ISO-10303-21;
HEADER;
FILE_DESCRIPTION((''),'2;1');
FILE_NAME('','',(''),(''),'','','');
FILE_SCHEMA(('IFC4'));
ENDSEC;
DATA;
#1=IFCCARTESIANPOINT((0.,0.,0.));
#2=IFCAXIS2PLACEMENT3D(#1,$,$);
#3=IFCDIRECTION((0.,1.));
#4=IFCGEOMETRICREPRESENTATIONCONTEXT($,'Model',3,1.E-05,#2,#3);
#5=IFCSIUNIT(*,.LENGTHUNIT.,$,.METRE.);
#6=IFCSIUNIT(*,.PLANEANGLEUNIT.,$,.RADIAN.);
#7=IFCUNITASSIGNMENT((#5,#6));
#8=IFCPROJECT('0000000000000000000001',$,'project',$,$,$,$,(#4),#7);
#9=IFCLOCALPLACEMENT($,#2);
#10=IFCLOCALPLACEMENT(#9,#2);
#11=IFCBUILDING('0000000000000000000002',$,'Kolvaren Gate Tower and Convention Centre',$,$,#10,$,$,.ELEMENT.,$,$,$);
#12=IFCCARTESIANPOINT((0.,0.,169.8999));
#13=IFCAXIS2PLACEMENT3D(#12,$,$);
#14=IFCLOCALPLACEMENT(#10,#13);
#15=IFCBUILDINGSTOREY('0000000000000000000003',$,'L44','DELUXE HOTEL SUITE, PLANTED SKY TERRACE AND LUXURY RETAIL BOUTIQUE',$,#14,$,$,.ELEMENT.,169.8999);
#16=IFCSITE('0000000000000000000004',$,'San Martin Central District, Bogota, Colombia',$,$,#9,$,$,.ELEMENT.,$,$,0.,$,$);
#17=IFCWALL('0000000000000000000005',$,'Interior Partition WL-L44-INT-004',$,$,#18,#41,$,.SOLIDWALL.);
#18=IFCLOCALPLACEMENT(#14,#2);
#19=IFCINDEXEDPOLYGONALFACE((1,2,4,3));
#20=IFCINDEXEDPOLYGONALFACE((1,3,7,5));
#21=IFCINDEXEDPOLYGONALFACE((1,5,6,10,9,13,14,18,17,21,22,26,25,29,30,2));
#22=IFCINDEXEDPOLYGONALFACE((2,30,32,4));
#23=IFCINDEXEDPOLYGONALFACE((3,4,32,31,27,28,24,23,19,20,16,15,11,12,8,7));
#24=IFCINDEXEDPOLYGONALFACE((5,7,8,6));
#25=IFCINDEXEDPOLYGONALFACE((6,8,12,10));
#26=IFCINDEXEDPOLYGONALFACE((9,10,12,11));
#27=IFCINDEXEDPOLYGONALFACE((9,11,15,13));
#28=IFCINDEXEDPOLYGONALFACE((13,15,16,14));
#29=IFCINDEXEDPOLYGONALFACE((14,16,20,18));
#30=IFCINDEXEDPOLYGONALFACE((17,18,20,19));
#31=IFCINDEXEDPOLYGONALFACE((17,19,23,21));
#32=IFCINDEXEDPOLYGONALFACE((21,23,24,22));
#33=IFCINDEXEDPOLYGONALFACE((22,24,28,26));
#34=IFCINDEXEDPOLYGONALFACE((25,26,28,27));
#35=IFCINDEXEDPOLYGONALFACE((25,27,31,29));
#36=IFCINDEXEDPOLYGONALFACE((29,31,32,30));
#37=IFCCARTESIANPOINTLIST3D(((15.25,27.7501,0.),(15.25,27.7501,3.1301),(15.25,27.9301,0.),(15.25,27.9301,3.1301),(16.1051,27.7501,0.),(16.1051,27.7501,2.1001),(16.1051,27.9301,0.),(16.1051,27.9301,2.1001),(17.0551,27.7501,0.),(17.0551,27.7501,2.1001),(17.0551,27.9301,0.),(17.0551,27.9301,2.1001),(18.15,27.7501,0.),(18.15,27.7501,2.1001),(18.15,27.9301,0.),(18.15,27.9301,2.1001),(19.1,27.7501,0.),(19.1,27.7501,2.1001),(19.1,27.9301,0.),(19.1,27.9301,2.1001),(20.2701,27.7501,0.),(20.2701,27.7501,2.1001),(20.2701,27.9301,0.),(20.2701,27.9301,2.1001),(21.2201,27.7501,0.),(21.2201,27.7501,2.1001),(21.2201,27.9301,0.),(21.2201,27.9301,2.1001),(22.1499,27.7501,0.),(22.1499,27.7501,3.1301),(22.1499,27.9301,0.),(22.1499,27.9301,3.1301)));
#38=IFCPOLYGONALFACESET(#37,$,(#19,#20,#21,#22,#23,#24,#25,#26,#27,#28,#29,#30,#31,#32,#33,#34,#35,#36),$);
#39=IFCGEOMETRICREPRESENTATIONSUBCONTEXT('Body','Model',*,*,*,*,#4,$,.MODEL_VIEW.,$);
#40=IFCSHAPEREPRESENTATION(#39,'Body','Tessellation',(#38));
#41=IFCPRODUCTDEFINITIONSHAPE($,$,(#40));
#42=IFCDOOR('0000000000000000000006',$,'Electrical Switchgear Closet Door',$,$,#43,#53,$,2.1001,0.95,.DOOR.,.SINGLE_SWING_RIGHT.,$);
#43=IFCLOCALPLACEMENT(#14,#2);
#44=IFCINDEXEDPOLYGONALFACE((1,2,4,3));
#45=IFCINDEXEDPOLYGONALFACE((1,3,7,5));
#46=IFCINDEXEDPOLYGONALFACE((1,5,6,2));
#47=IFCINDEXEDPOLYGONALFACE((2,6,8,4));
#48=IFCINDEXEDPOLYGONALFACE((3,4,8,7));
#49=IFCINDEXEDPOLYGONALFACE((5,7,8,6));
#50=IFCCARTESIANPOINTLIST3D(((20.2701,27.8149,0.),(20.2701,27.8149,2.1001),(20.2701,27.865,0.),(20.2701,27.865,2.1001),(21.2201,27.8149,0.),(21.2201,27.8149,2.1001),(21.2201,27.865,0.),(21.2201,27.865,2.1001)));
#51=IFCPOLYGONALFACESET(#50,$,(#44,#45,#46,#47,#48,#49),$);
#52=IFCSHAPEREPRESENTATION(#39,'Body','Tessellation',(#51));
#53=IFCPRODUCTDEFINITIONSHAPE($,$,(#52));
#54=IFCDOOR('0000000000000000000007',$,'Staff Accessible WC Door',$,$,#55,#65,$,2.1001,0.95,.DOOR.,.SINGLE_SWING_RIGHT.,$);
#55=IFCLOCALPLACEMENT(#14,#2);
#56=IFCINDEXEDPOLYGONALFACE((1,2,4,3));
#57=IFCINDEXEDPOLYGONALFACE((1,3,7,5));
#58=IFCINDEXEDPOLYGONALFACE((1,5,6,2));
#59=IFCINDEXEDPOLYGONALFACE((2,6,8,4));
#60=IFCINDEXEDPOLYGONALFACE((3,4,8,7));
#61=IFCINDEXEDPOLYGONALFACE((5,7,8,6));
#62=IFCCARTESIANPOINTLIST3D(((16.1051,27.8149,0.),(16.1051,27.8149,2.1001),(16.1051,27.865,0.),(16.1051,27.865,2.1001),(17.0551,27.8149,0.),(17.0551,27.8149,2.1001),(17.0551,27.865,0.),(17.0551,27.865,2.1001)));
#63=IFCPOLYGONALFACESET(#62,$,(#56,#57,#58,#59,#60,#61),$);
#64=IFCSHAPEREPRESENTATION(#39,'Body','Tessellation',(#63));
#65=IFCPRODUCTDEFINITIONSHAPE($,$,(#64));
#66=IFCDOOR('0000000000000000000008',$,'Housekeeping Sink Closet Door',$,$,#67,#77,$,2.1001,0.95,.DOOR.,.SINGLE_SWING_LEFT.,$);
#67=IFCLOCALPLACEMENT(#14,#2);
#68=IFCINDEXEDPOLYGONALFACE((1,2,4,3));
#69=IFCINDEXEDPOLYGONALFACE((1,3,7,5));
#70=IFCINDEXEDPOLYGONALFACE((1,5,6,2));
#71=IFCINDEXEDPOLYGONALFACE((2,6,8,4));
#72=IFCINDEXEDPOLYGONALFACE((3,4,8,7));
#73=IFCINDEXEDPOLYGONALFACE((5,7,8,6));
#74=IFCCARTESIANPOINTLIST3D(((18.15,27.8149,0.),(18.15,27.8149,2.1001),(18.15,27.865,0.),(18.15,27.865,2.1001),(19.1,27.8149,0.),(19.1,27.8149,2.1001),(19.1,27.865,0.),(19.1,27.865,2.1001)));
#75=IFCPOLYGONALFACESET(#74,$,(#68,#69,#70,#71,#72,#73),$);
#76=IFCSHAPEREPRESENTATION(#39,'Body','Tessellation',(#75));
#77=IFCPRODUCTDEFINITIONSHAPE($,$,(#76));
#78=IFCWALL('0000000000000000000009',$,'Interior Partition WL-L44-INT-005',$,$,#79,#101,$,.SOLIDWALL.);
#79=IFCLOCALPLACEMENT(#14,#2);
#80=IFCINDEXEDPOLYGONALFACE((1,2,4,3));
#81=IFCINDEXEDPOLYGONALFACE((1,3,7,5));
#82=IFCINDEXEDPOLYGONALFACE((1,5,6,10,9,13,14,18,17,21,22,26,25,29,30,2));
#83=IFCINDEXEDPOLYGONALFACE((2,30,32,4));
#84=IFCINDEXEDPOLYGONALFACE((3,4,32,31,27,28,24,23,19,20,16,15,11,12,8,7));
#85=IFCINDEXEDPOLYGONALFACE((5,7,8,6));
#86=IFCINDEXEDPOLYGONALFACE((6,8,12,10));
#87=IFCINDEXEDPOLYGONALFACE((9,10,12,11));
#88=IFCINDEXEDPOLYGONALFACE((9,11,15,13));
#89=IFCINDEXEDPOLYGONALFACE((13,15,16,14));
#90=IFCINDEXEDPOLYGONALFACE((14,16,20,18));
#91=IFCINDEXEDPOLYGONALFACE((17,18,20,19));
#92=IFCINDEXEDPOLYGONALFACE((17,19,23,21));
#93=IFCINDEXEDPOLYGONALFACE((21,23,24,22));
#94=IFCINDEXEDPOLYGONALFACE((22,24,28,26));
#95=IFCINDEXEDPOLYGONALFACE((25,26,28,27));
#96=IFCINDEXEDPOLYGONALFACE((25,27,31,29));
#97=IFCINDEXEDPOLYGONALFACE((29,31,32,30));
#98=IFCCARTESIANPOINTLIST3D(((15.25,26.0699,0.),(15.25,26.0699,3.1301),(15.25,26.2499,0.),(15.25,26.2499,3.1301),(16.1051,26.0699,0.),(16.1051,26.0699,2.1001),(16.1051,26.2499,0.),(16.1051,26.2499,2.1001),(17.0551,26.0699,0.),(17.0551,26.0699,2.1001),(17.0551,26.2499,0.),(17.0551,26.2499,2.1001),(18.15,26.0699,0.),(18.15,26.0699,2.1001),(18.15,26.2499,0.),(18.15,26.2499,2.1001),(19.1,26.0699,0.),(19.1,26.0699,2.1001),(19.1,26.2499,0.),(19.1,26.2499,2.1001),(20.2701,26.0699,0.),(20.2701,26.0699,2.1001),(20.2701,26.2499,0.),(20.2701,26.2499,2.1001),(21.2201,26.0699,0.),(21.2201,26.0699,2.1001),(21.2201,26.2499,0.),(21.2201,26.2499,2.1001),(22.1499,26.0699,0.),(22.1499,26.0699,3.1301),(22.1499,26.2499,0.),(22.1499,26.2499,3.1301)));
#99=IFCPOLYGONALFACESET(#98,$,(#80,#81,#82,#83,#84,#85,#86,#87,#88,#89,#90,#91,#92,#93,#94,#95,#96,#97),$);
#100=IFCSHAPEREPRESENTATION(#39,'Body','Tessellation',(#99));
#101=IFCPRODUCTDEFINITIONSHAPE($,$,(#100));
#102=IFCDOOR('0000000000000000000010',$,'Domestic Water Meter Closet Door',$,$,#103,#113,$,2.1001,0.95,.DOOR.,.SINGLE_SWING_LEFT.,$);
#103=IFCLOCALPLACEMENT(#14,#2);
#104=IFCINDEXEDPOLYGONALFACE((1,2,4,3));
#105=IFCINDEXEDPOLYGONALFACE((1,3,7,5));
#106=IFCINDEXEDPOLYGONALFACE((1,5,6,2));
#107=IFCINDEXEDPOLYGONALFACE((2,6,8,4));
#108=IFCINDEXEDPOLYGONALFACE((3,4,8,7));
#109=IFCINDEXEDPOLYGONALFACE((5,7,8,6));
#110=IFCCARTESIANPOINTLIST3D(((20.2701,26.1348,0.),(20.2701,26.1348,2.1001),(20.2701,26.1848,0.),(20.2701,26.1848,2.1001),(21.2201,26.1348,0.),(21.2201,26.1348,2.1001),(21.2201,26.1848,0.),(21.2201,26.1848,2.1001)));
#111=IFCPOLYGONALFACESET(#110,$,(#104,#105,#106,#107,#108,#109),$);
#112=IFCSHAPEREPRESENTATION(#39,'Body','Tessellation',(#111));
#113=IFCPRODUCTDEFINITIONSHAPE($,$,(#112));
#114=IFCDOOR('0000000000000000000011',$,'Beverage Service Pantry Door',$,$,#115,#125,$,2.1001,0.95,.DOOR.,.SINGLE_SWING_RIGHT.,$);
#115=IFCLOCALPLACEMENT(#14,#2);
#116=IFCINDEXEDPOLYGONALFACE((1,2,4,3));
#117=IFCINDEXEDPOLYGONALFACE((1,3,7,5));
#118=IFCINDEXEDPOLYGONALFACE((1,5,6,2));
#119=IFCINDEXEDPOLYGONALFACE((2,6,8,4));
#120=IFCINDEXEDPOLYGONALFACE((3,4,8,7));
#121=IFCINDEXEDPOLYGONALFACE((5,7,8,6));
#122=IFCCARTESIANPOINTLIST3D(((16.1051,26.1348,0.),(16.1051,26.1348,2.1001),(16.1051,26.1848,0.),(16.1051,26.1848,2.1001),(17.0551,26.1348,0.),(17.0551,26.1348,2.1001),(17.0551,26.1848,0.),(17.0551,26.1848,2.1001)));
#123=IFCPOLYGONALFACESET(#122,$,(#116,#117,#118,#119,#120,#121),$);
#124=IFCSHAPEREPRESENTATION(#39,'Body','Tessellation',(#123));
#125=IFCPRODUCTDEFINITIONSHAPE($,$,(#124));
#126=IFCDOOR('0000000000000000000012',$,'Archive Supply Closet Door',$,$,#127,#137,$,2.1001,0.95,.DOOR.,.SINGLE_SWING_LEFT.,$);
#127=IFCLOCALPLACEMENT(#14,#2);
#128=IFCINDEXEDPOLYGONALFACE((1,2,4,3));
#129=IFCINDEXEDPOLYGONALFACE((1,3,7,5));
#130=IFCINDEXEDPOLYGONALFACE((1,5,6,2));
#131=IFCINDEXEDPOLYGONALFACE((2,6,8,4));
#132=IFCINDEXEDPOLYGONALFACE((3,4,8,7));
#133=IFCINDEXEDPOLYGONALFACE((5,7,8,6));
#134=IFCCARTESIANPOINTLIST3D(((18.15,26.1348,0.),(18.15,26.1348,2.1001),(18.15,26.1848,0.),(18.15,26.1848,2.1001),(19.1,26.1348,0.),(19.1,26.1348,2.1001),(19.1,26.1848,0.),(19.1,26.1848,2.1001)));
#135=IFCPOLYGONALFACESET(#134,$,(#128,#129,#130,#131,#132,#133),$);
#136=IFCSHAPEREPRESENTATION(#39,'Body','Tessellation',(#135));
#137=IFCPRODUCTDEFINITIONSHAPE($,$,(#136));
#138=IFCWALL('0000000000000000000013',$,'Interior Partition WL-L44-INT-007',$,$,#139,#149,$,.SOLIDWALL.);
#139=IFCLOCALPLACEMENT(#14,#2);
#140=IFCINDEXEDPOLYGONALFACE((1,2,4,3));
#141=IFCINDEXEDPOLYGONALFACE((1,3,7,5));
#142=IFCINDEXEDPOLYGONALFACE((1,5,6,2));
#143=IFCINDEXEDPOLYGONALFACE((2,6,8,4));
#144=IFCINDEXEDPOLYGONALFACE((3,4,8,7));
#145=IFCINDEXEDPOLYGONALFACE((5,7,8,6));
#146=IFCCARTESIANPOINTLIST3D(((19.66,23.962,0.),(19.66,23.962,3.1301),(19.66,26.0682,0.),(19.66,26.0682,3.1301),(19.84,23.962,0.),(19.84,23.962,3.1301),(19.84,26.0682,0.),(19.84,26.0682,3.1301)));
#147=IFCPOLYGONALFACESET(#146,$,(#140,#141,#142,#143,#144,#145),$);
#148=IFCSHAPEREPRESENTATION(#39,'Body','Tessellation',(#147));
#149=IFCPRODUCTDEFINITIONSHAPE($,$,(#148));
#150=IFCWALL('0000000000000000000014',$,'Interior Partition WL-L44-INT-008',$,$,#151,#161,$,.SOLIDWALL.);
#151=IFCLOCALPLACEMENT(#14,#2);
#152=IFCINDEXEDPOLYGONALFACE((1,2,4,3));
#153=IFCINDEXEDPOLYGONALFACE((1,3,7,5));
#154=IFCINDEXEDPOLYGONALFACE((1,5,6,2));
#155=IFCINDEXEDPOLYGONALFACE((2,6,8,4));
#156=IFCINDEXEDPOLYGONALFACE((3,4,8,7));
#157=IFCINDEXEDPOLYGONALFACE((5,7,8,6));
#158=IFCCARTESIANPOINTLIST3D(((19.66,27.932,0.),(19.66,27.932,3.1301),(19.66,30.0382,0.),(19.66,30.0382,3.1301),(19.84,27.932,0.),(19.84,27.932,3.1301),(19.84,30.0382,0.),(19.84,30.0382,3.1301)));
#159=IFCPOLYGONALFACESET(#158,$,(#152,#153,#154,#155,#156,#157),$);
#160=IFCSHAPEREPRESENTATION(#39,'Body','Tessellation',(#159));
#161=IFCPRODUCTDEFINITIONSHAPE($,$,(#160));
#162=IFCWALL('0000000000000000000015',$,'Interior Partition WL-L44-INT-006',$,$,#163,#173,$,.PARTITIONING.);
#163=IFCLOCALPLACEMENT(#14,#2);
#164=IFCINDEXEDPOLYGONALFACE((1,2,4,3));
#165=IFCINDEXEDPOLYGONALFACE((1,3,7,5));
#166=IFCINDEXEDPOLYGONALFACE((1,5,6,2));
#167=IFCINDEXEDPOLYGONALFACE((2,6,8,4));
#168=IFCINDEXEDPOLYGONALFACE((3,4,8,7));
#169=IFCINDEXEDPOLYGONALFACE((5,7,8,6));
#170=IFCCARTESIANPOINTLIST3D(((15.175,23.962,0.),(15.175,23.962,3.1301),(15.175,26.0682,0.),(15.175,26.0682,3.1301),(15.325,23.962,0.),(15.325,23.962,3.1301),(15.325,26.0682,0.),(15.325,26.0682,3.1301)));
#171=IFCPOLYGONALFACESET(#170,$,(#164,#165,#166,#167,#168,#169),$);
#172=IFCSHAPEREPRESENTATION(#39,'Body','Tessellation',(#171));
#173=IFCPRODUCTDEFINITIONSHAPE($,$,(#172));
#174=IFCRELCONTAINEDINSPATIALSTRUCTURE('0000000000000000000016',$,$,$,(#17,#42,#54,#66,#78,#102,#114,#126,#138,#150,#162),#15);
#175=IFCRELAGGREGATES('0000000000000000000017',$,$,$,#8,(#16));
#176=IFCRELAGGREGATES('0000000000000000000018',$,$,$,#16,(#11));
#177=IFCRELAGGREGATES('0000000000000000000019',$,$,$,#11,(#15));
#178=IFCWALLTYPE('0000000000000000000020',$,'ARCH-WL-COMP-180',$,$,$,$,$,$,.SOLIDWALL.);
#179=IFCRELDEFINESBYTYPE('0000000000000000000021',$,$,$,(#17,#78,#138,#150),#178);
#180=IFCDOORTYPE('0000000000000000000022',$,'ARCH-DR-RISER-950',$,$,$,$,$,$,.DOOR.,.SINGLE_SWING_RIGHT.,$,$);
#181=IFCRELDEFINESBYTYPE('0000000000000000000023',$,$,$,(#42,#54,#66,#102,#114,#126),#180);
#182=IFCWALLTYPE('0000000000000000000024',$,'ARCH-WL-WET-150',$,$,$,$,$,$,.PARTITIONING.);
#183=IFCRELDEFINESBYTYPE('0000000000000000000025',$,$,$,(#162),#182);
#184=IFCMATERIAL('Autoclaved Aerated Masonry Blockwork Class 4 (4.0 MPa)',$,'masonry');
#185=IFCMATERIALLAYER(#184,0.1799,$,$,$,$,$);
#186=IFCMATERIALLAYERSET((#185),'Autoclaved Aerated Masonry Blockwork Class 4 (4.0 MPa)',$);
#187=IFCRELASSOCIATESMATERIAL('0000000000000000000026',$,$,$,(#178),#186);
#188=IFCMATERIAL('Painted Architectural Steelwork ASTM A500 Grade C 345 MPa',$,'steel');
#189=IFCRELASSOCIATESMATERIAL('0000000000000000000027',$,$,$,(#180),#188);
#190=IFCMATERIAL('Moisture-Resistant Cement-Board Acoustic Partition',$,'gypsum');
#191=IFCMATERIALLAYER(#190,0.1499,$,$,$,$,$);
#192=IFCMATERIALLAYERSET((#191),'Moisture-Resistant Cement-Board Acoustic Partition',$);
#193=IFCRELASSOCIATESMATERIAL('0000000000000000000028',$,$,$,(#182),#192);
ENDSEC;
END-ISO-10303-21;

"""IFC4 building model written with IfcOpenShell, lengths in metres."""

from ifc_helpers import new_model, si_unit, direction, frame, frame_2d, origin, place, context, subcontext, project, spatial, rectangle, extrude, material, layer, layer_set, type_object, element, fill, save


model = new_model("IFC4")

# Units and contexts
model_context = context("Model", 3, precision=1e-05, world=origin(), true_north=direction((0.0, 1.0)))
body_context = subcontext(model_context, "Body", "Model", "MODEL_VIEW")
ifc_project = project(units=[si_unit("LENGTHUNIT", "METRE"), si_unit("PLANEANGLEUNIT", "RADIAN")], contexts=[model_context])

# Site, building, storey
site_placement = place(None, origin())
site = spatial("IfcSite", under=ifc_project, at=site_placement, Name="San Martin Central District, Bogota, Colombia", CompositionType="ELEMENT", RefElevation=0.0)
building_placement = place(site_placement, origin())
building = spatial("IfcBuilding", under=site, at=building_placement, Name="Kolvaren Gate Tower and Convention Centre", CompositionType="ELEMENT")
storey_placement = place(building_placement, frame((0.0, 0.0, 169.8999)))
storey = spatial("IfcBuildingStorey", under=building, at=storey_placement, Name="L44", Description="DELUXE HOTEL SUITE, PLANTED SKY TERRACE AND LUXURY RETAIL BOUTIQUE", CompositionType="ELEMENT", Elevation=169.8999)

# Walls, openings, doors
ifc_material_1 = material(Name="Autoclaved Aerated Masonry Blockwork Class 4 (4.0 MPa)", Category="masonry")
ifc_layer_1 = layer(ifc_material_1, 0.1799)
ifc_layer_set_1 = layer_set([ifc_layer_1], Name="Autoclaved Aerated Masonry Blockwork Class 4 (4.0 MPa)")
wall_type_1 = type_object("IfcWallType", Name="ARCH-WL-COMP-180", PredefinedType="SOLIDWALL", material=ifc_layer_set_1)
wall_1_placement = place(storey_placement, frame((15.25, 27.8401, 0.0), z_axis=(0.0, 0.0, 1.0), x_axis=(1.0, 0.0, 0.0)))
wall_1 = element("IfcWall", 1, at=wall_1_placement, inside=storey, type_object=wall_type_1, Name="Interior Partition WL-L44-INT-004", PredefinedType="SOLIDWALL", context=body_context, shape_type="SweptSolid", body=[
    extrude(rectangle(XDim=6.8999, YDim=0.1799, at=frame_2d((3.45, 0.0))), origin(), (0.0, 0.0, 1.0), 3.1301),
])
opening_1_placement = place(wall_1_placement, frame((5.02, 0.0, 0.0)))
opening_1 = element("IfcOpeningElement", 2, at=opening_1_placement, cuts=wall_1, PredefinedType="OPENING", context=body_context, shape_type="SweptSolid", body=[
    extrude(rectangle(XDim=0.95, YDim=2.1001, at=frame_2d((0.4751, 1.05))), frame((0.0, 0.0999, 0.0), z_axis=(0.0, -1.0, 0.0), x_axis=(1.0, 0.0, 0.0)), (0.0, 0.0, 1.0), 0.2),
])
opening_2_placement = place(wall_1_placement, frame((0.855, 0.0, 0.0)))
opening_2 = element("IfcOpeningElement", 3, at=opening_2_placement, cuts=wall_1, PredefinedType="OPENING", context=body_context, shape_type="SweptSolid", body=[
    extrude(rectangle(XDim=0.95, YDim=2.1001, at=frame_2d((0.4751, 1.05))), frame((0.0, 0.0999, 0.0), z_axis=(0.0, -1.0, 0.0), x_axis=(1.0, 0.0, 0.0)), (0.0, 0.0, 1.0), 0.2),
])
opening_3_placement = place(wall_1_placement, frame((2.8999, 0.0, 0.0)))
opening_3 = element("IfcOpeningElement", 4, at=opening_3_placement, cuts=wall_1, PredefinedType="OPENING", context=body_context, shape_type="SweptSolid", body=[
    extrude(rectangle(XDim=0.95, YDim=2.1001, at=frame_2d((0.4751, 1.05))), frame((0.0, 0.0999, 0.0), z_axis=(0.0, -1.0, 0.0), x_axis=(1.0, 0.0, 0.0)), (0.0, 0.0, 1.0), 0.2),
])
ifc_material_2 = material(Name="Painted Architectural Steelwork ASTM A500 Grade C 345 MPa", Category="steel")
door_type = type_object("IfcDoorType", Name="ARCH-DR-RISER-950", OperationType="SINGLE_SWING_RIGHT", PredefinedType="DOOR", material=ifc_material_2)
door_1_placement = place(opening_1_placement, origin())
door_1 = element("IfcDoor", 5, at=door_1_placement, inside=storey, type_object=door_type, Name="Electrical Switchgear Closet Door", OperationType="SINGLE_SWING_RIGHT", OverallHeight=2.1001, OverallWidth=0.95, PredefinedType="DOOR", context=body_context, shape_type="SweptSolid", body=[
    extrude(rectangle(XDim=0.95, YDim=2.1001, at=frame_2d((0.4751, 1.05))), frame((0.0, 0.0249, 0.0), z_axis=(0.0, -1.0, 0.0), x_axis=(1.0, 0.0, 0.0)), (0.0, 0.0, 1.0), 0.05),
])
fill(opening_1, door_1)
door_2_placement = place(opening_2_placement, origin())
door_2 = element("IfcDoor", 6, at=door_2_placement, inside=storey, type_object=door_type, Name="Staff Accessible WC Door", OperationType="SINGLE_SWING_RIGHT", OverallHeight=2.1001, OverallWidth=0.95, PredefinedType="DOOR", context=body_context, shape_type="SweptSolid", body=[
    extrude(rectangle(XDim=0.95, YDim=2.1001, at=frame_2d((0.4751, 1.05))), frame((0.0, 0.0249, 0.0), z_axis=(0.0, -1.0, 0.0), x_axis=(1.0, 0.0, 0.0)), (0.0, 0.0, 1.0), 0.05),
])
fill(opening_2, door_2)
door_3_placement = place(opening_3_placement, origin())
door_3 = element("IfcDoor", 7, at=door_3_placement, inside=storey, type_object=door_type, Name="Housekeeping Sink Closet Door", OperationType="SINGLE_SWING_LEFT", OverallHeight=2.1001, OverallWidth=0.95, PredefinedType="DOOR", context=body_context, shape_type="SweptSolid", body=[
    extrude(rectangle(XDim=0.95, YDim=2.1001, at=frame_2d((0.4751, 1.05))), frame((0.0, 0.0249, 0.0), z_axis=(0.0, -1.0, 0.0), x_axis=(1.0, 0.0, 0.0)), (0.0, 0.0, 1.0), 0.05),
])
fill(opening_3, door_3)
wall_2_placement = place(storey_placement, frame((15.25, 26.1599, 0.0), z_axis=(0.0, 0.0, 1.0), x_axis=(1.0, 0.0, 0.0)))
wall_2 = element("IfcWall", 8, at=wall_2_placement, inside=storey, type_object=wall_type_1, Name="Interior Partition WL-L44-INT-005", PredefinedType="SOLIDWALL", context=body_context, shape_type="SweptSolid", body=[
    extrude(rectangle(XDim=6.8999, YDim=0.1799, at=frame_2d((3.45, 0.0))), origin(), (0.0, 0.0, 1.0), 3.1301),
])
opening_4_placement = place(wall_2_placement, frame((5.02, 0.0, 0.0)))
opening_4 = element("IfcOpeningElement", 9, at=opening_4_placement, cuts=wall_2, PredefinedType="OPENING", context=body_context, shape_type="SweptSolid", body=[
    extrude(rectangle(XDim=0.95, YDim=2.1001, at=frame_2d((0.4751, 1.05))), frame((0.0, 0.0999, 0.0), z_axis=(0.0, -1.0, 0.0), x_axis=(1.0, 0.0, 0.0)), (0.0, 0.0, 1.0), 0.2),
])
opening_5_placement = place(wall_2_placement, frame((0.855, 0.0, 0.0)))
opening_5 = element("IfcOpeningElement", 10, at=opening_5_placement, cuts=wall_2, PredefinedType="OPENING", context=body_context, shape_type="SweptSolid", body=[
    extrude(rectangle(XDim=0.95, YDim=2.1001, at=frame_2d((0.4751, 1.05))), frame((0.0, 0.0999, 0.0), z_axis=(0.0, -1.0, 0.0), x_axis=(1.0, 0.0, 0.0)), (0.0, 0.0, 1.0), 0.2),
])
opening_6_placement = place(wall_2_placement, frame((2.8999, 0.0, 0.0)))
opening_6 = element("IfcOpeningElement", 11, at=opening_6_placement, cuts=wall_2, PredefinedType="OPENING", context=body_context, shape_type="SweptSolid", body=[
    extrude(rectangle(XDim=0.95, YDim=2.1001, at=frame_2d((0.4751, 1.05))), frame((0.0, 0.0999, 0.0), z_axis=(0.0, -1.0, 0.0), x_axis=(1.0, 0.0, 0.0)), (0.0, 0.0, 1.0), 0.2),
])
door_4_placement = place(opening_4_placement, origin())
door_4 = element("IfcDoor", 12, at=door_4_placement, inside=storey, type_object=door_type, Name="Domestic Water Meter Closet Door", OperationType="SINGLE_SWING_LEFT", OverallHeight=2.1001, OverallWidth=0.95, PredefinedType="DOOR", context=body_context, shape_type="SweptSolid", body=[
    extrude(rectangle(XDim=0.95, YDim=2.1001, at=frame_2d((0.4751, 1.05))), frame((0.0, 0.0249, 0.0), z_axis=(0.0, -1.0, 0.0), x_axis=(1.0, 0.0, 0.0)), (0.0, 0.0, 1.0), 0.05),
])
fill(opening_4, door_4)
door_5_placement = place(opening_5_placement, origin())
door_5 = element("IfcDoor", 13, at=door_5_placement, inside=storey, type_object=door_type, Name="Beverage Service Pantry Door", OperationType="SINGLE_SWING_RIGHT", OverallHeight=2.1001, OverallWidth=0.95, PredefinedType="DOOR", context=body_context, shape_type="SweptSolid", body=[
    extrude(rectangle(XDim=0.95, YDim=2.1001, at=frame_2d((0.4751, 1.05))), frame((0.0, 0.0249, 0.0), z_axis=(0.0, -1.0, 0.0), x_axis=(1.0, 0.0, 0.0)), (0.0, 0.0, 1.0), 0.05),
])
fill(opening_5, door_5)
door_6_placement = place(opening_6_placement, origin())
door_6 = element("IfcDoor", 14, at=door_6_placement, inside=storey, type_object=door_type, Name="Archive Supply Closet Door", OperationType="SINGLE_SWING_LEFT", OverallHeight=2.1001, OverallWidth=0.95, PredefinedType="DOOR", context=body_context, shape_type="SweptSolid", body=[
    extrude(rectangle(XDim=0.95, YDim=2.1001, at=frame_2d((0.4751, 1.05))), frame((0.0, 0.0249, 0.0), z_axis=(0.0, -1.0, 0.0), x_axis=(1.0, 0.0, 0.0)), (0.0, 0.0, 1.0), 0.05),
])
fill(opening_6, door_6)

# Walls
for number, where, z_axis, x_axis, name in (
    (15, (19.75, 23.9619, 0.0), (0.0, 0.0, 1.0), (0.0, 1.0, 0.0), "Interior Partition WL-L44-INT-007"),
    (16, (19.75, 27.9319, 0.0), (0.0, 0.0, 1.0), (0.0, 1.0, 0.0), "Interior Partition WL-L44-INT-008"),
):
    element("IfcWall", number, at=place(storey_placement, frame(where, z_axis=z_axis, x_axis=x_axis)), inside=storey, type_object=wall_type_1, Name=name, PredefinedType="SOLIDWALL", context=body_context, shape_type="SweptSolid", body=[
        extrude(rectangle(XDim=2.1062, YDim=0.1799, at=frame_2d((1.0532, 0.0))), origin(), (0.0, 0.0, 1.0), 3.1301),
    ])
ifc_material_3 = material(Name="Moisture-Resistant Cement-Board Acoustic Partition", Category="gypsum")
ifc_layer_2 = layer(ifc_material_3, 0.1499)
ifc_layer_set_2 = layer_set([ifc_layer_2], Name="Moisture-Resistant Cement-Board Acoustic Partition")
wall_type_2 = type_object("IfcWallType", Name="ARCH-WL-WET-150", PredefinedType="PARTITIONING", material=ifc_layer_set_2)
wall_3_placement = place(storey_placement, frame((15.25, 23.9619, 0.0), z_axis=(0.0, 0.0, 1.0), x_axis=(0.0, 1.0, 0.0)))
element("IfcWall", 17, at=wall_3_placement, inside=storey, type_object=wall_type_2, Name="Interior Partition WL-L44-INT-006", PredefinedType="PARTITIONING", context=body_context, shape_type="SweptSolid", body=[
    extrude(rectangle(XDim=2.1062, YDim=0.1499, at=frame_2d((1.0532, 0.0))), origin(), (0.0, 0.0, 1.0), 3.1301),
])

save(model, "model.ifc")
